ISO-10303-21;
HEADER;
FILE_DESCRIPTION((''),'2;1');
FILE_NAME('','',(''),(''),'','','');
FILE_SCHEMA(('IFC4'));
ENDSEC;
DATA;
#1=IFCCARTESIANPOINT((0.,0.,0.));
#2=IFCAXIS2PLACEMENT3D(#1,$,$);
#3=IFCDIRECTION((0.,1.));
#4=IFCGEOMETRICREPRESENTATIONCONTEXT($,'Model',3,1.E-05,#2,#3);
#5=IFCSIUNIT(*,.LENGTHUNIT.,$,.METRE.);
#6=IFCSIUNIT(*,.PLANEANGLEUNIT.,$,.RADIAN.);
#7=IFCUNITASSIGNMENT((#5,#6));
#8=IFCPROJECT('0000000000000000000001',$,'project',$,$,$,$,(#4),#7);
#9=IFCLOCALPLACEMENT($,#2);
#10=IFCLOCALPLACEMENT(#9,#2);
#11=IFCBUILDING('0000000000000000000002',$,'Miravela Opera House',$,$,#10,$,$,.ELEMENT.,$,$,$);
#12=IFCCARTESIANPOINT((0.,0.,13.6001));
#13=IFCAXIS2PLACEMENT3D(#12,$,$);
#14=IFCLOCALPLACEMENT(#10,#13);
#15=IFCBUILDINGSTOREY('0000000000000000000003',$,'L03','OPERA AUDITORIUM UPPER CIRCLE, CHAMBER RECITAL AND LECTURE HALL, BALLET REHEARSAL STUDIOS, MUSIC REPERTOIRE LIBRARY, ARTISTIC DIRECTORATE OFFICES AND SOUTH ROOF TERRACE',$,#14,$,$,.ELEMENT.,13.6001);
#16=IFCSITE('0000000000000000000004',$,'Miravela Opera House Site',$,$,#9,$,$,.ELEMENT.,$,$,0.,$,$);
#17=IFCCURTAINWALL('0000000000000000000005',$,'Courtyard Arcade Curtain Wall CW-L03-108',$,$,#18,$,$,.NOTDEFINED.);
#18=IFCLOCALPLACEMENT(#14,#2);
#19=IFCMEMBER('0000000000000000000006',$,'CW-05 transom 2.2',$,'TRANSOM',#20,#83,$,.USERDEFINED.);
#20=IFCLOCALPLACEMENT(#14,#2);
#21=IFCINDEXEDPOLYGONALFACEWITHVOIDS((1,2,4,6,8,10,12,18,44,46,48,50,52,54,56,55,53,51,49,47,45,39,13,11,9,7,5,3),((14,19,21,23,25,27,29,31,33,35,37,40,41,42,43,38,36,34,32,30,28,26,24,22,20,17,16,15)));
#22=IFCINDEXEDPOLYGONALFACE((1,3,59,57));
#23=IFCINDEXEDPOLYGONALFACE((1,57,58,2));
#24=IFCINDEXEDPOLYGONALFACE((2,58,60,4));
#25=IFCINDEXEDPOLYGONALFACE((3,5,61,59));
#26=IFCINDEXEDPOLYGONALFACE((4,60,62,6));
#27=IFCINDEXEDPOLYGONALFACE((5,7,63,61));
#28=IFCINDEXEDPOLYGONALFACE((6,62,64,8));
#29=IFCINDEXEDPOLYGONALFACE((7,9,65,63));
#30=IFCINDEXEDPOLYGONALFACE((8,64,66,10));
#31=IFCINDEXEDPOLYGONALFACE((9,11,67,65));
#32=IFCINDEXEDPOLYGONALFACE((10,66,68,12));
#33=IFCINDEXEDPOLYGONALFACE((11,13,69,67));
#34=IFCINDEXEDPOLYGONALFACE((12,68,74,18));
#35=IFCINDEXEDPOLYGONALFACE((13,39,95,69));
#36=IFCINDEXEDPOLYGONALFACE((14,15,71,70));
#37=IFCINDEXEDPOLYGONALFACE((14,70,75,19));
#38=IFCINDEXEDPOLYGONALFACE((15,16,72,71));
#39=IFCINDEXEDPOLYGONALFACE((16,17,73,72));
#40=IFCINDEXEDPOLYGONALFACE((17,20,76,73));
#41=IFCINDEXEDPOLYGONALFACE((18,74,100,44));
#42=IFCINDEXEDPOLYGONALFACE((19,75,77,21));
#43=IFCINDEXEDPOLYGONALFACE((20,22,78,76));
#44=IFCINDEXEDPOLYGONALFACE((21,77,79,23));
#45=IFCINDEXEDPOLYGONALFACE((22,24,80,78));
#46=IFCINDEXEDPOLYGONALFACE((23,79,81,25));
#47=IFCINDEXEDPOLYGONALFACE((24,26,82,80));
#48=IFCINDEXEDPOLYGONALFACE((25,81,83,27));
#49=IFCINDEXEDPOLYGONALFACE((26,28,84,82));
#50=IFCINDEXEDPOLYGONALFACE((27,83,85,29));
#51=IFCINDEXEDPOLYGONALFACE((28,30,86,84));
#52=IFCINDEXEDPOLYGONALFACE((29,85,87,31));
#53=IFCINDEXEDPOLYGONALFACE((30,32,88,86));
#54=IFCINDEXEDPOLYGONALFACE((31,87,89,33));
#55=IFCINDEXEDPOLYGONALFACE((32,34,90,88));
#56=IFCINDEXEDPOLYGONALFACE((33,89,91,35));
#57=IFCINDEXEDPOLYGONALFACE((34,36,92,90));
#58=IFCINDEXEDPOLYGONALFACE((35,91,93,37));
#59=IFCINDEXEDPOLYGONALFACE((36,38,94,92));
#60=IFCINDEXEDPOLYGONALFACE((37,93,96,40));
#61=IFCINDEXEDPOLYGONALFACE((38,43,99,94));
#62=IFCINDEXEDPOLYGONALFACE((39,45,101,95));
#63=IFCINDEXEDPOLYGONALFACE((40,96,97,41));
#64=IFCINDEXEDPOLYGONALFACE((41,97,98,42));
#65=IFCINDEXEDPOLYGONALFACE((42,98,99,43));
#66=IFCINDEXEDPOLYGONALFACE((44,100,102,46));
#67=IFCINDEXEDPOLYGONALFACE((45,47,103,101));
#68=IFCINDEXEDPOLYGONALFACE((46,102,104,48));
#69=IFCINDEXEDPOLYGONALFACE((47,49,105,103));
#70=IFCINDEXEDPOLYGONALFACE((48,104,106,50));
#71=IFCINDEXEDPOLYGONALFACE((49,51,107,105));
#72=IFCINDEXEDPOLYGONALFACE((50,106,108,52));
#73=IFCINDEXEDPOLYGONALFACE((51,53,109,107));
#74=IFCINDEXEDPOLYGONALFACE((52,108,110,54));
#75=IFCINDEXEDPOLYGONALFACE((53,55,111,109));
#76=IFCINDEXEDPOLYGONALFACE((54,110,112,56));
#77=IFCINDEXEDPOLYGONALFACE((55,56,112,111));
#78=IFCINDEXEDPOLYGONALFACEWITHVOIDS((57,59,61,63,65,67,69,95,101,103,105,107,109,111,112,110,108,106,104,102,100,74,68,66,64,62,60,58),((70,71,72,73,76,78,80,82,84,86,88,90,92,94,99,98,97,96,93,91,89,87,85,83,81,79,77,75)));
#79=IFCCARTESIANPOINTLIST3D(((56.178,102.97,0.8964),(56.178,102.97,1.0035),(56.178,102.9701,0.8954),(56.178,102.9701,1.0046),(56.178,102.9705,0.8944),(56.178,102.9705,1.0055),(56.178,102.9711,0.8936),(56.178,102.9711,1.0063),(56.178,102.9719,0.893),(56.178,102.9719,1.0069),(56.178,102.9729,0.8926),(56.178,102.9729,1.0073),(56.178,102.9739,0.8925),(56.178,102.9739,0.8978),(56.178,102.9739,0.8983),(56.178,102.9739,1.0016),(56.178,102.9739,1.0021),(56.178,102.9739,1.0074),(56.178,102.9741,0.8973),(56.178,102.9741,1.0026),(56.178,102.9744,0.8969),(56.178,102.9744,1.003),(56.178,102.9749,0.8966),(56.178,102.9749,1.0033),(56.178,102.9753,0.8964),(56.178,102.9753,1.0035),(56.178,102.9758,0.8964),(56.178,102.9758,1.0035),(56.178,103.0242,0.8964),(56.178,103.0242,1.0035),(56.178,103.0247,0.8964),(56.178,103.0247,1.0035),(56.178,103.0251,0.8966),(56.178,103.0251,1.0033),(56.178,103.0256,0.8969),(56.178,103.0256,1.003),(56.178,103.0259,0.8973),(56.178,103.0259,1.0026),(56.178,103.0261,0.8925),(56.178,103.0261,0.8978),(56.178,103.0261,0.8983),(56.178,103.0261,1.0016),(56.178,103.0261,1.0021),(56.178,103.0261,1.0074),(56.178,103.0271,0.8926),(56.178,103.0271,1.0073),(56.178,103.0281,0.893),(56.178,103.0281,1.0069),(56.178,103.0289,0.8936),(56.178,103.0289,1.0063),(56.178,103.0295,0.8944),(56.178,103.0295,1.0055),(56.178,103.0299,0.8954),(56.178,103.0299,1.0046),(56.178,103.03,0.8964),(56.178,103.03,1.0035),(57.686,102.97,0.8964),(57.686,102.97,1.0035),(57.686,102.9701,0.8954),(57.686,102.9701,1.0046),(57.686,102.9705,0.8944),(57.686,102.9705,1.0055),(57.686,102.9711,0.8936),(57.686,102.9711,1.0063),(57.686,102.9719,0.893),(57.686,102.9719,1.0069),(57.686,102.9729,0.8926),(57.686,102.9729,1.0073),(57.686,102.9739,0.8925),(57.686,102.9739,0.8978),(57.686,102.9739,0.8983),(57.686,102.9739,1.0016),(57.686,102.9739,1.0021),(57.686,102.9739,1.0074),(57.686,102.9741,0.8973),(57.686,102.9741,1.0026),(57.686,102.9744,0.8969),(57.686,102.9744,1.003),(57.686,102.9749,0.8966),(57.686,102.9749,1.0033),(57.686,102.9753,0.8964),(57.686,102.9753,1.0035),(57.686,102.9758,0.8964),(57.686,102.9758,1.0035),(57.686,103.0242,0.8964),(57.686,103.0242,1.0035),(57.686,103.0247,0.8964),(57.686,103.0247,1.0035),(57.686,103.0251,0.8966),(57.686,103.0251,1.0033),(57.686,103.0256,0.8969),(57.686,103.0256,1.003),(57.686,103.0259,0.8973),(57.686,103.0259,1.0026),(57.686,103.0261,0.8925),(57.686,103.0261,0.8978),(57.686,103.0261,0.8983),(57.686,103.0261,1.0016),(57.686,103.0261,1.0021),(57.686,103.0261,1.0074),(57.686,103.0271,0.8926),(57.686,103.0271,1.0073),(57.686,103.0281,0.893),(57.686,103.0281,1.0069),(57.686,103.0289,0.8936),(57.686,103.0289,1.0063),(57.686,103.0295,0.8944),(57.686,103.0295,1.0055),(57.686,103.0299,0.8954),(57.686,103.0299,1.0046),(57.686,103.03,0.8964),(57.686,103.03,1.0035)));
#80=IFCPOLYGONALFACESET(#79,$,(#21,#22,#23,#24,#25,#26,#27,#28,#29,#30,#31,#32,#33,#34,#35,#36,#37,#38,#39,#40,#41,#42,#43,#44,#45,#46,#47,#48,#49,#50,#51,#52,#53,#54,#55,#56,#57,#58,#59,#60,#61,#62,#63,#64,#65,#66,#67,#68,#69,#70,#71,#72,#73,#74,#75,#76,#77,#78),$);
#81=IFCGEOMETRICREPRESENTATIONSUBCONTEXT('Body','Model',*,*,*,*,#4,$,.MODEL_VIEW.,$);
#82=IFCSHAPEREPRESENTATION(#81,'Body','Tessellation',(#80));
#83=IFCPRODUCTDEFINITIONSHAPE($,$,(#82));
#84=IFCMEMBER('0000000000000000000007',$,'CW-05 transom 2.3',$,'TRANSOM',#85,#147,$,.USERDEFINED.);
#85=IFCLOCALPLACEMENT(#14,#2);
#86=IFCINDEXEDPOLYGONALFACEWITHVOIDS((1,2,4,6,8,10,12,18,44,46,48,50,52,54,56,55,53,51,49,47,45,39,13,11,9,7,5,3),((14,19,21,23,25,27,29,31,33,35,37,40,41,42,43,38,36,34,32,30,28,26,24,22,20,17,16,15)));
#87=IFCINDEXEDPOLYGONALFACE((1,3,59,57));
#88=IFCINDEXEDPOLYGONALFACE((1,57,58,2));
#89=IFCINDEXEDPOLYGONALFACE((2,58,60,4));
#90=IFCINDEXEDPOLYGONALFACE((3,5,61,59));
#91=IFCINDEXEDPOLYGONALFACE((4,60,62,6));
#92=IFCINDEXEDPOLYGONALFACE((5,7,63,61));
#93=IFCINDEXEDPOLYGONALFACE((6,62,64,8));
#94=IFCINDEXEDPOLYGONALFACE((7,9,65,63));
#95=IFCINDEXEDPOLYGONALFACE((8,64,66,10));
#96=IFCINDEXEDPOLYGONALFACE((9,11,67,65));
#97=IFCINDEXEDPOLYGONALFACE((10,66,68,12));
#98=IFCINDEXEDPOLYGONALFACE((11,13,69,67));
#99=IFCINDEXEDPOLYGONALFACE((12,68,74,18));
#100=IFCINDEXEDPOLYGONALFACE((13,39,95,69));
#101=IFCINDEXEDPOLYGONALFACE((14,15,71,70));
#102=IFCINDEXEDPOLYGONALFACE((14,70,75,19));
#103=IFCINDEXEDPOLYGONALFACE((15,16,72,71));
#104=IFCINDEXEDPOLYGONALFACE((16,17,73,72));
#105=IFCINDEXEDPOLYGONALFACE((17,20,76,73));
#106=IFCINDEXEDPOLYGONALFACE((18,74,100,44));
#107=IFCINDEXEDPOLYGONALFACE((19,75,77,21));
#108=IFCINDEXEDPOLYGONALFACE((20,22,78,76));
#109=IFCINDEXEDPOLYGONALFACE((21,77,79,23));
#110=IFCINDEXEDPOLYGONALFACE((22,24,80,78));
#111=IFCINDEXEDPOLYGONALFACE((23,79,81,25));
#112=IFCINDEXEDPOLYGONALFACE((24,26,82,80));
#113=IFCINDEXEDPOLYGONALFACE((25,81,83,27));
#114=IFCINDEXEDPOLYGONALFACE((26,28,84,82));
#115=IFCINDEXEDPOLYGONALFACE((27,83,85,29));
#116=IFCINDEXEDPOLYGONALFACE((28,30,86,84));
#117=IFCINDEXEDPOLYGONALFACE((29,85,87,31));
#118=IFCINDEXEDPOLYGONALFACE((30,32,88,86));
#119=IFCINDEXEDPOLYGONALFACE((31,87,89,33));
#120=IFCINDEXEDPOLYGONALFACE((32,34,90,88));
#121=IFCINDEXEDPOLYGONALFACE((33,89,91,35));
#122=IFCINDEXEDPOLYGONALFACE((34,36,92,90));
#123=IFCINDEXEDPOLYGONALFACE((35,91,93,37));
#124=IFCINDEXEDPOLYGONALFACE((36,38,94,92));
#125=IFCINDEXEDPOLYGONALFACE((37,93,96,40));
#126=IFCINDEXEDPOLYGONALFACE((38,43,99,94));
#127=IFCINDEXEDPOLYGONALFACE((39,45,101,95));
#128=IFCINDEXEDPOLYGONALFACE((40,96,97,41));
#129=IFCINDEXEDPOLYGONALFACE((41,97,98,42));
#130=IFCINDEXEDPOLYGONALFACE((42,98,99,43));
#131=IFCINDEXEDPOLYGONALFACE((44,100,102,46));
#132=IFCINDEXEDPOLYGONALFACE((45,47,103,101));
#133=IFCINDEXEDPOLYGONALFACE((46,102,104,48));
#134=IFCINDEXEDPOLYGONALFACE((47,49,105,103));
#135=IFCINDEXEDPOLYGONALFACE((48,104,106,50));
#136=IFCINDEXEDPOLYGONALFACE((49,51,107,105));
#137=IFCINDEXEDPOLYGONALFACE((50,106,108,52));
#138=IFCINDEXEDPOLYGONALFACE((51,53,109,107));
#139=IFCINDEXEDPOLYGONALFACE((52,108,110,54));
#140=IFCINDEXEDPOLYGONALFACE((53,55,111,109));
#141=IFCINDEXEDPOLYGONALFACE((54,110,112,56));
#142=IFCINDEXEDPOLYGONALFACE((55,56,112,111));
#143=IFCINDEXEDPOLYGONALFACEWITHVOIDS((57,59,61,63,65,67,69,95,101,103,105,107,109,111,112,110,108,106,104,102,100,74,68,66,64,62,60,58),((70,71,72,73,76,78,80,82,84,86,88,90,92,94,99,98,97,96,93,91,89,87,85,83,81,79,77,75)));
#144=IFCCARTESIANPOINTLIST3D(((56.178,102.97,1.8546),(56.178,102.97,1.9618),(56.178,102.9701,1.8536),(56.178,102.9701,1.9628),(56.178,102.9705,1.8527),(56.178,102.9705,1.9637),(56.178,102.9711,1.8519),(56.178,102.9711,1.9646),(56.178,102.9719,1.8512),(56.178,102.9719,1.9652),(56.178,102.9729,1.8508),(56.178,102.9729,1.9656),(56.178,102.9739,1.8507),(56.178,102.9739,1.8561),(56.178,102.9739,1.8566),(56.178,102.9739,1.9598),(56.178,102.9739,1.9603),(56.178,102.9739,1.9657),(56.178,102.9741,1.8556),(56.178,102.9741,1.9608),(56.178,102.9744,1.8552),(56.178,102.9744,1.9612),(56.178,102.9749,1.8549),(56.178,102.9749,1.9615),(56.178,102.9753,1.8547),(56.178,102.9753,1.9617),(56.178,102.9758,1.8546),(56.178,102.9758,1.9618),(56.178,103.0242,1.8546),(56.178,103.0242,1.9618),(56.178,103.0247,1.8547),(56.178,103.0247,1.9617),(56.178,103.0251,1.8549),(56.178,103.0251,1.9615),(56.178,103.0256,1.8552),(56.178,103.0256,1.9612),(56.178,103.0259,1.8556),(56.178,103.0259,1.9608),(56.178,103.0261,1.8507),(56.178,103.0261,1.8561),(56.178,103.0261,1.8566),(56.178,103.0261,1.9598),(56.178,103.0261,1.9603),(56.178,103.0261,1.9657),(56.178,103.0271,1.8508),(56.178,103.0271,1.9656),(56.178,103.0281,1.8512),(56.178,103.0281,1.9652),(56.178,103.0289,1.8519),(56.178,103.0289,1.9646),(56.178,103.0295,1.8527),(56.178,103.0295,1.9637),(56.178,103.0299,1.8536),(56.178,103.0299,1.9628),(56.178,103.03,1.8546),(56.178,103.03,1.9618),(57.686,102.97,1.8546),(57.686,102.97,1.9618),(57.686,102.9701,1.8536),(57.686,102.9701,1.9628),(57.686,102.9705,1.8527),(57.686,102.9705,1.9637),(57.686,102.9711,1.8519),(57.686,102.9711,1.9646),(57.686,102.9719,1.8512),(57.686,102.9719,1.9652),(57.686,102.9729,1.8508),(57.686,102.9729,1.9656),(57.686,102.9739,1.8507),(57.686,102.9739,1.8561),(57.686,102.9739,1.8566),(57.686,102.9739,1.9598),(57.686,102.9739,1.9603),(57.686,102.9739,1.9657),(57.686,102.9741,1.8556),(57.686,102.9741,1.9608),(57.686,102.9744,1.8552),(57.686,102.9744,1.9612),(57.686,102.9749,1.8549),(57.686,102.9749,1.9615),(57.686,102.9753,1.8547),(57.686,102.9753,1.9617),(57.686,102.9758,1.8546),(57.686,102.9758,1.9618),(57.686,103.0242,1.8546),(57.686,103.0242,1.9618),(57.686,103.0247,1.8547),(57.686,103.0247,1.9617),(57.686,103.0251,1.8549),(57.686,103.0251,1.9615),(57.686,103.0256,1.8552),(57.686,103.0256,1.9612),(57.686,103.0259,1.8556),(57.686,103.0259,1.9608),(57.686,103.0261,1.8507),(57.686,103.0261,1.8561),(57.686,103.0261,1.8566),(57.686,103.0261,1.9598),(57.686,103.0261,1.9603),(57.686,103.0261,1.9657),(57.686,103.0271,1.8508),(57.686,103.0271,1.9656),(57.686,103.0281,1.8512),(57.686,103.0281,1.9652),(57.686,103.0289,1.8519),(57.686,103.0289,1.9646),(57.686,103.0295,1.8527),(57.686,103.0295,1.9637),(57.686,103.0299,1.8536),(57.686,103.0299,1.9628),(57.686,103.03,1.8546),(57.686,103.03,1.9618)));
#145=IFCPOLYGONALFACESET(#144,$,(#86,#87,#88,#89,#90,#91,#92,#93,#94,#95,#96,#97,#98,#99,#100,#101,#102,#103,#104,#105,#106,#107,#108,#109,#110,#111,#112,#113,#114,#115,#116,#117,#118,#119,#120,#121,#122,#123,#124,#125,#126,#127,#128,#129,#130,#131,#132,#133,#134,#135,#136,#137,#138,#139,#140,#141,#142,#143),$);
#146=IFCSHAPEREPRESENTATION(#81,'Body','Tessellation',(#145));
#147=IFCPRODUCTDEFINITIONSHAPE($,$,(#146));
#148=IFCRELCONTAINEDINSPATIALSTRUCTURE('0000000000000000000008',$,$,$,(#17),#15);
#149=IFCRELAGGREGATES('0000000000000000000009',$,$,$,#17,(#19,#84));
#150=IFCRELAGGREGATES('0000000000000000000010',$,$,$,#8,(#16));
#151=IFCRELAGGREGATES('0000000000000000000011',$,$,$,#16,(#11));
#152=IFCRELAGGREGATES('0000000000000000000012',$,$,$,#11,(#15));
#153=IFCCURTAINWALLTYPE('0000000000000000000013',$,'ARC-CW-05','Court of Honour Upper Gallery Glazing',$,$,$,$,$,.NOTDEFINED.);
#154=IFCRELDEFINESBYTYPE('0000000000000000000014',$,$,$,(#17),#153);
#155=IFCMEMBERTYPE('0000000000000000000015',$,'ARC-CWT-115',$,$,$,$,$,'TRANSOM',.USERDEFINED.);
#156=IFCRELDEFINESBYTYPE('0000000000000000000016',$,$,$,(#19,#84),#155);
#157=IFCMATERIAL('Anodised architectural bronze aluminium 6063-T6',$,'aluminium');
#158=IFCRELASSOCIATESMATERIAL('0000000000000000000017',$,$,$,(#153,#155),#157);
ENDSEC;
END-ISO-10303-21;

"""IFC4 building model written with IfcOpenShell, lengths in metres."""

from ifc_helpers import new_model, si_unit, direction, frame, origin, origin_2d, place, context, subcontext, project, spatial, hollow_rectangle, extrude, material, material_profile, profile_set, type_object, element, aggregate, save


model = new_model("IFC4")

# Units and contexts
model_context = context("Model", 3, precision=1e-05, world=origin(), true_north=direction((0.0, 1.0)))
body_context = subcontext(model_context, "Body", "Model", "MODEL_VIEW")
ifc_project = project(units=[si_unit("LENGTHUNIT", "METRE"), si_unit("PLANEANGLEUNIT", "RADIAN")], contexts=[model_context])

# Site, building, storey
site_placement = place(None, origin())
site = spatial("IfcSite", under=ifc_project, at=site_placement, Name="Miravela Opera House Site", CompositionType="ELEMENT", RefElevation=0.0)
building_placement = place(site_placement, origin())
building = spatial("IfcBuilding", under=site, at=building_placement, Name="Miravela Opera House", CompositionType="ELEMENT")
storey_placement = place(building_placement, frame((0.0, 0.0, 13.6001)))
storey = spatial("IfcBuildingStorey", under=building, at=storey_placement, Name="L03", Description="OPERA AUDITORIUM UPPER CIRCLE, CHAMBER RECITAL AND LECTURE HALL, BALLET REHEARSAL STUDIOS, MUSIC REPERTOIRE LIBRARY, ARTISTIC DIRECTORATE OFFICES AND SOUTH ROOF TERRACE", CompositionType="ELEMENT", Elevation=13.6001)

# Curtain wall, members
ifc_material_1 = material(Name="Anodised architectural bronze aluminium 6063-T6", Category="aluminium")
curtain_wall_type = type_object("IfcCurtainWallType", Name="ARC-CW-05", Description="Court of Honour Upper Gallery Glazing", PredefinedType="NOTDEFINED", material=ifc_material_1)
curtain_wall_placement = place(storey_placement, origin())
curtain_wall = element("IfcCurtainWall", 1, at=curtain_wall_placement, inside=storey, type_object=curtain_wall_type, Name="Courtyard Arcade Curtain Wall CW-L03-108", PredefinedType="NOTDEFINED")
ifc_material_profile_1 = material_profile(ifc_material_1, hollow_rectangle(XDim=0.0601, YDim=0.115, WallThickness=0.0039, InnerFilletRadius=0.002, OuterFilletRadius=0.0039, at=origin_2d()), Name="CWT-60X115")
ifc_profile_set_1 = profile_set([ifc_material_profile_1])
member_type_1 = type_object("IfcMemberType", Name="ARC-CWT-115", ElementType="TRANSOM", PredefinedType="USERDEFINED", material=ifc_profile_set_1)
member_1_placement = place(storey_placement, frame((56.178, 103.0, 0.95), z_axis=(1.0, 0.0, 0.0), x_axis=(0.0, 1.0, 0.0)))
member_1 = element("IfcMember", 2, at=member_1_placement, type_object=member_type_1, Name="CW-05 transom 2.2", ObjectType="TRANSOM", PredefinedType="USERDEFINED", context=body_context, shape_type="SweptSolid", body=[
    extrude(hollow_rectangle(XDim=0.0601, YDim=0.115, WallThickness=0.0039, InnerFilletRadius=0.002, OuterFilletRadius=0.0039, at=origin_2d()), origin(), (0.0, 0.0, 1.0), 1.5081),
])
member_2_placement = place(storey_placement, frame((56.178, 103.0, 1.9082), z_axis=(1.0, 0.0, 0.0), x_axis=(0.0, 1.0, 0.0)))
member_2 = element("IfcMember", 3, at=member_2_placement, type_object=member_type_1, Name="CW-05 transom 2.3", ObjectType="TRANSOM", PredefinedType="USERDEFINED", context=body_context, shape_type="SweptSolid", body=[
    extrude(hollow_rectangle(XDim=0.0601, YDim=0.115, WallThickness=0.0039, InnerFilletRadius=0.002, OuterFilletRadius=0.0039, at=origin_2d()), origin(), (0.0, 0.0, 1.0), 1.5081),
])
aggregate(curtain_wall, [member_1, member_2])

save(model, "model.ifc")
